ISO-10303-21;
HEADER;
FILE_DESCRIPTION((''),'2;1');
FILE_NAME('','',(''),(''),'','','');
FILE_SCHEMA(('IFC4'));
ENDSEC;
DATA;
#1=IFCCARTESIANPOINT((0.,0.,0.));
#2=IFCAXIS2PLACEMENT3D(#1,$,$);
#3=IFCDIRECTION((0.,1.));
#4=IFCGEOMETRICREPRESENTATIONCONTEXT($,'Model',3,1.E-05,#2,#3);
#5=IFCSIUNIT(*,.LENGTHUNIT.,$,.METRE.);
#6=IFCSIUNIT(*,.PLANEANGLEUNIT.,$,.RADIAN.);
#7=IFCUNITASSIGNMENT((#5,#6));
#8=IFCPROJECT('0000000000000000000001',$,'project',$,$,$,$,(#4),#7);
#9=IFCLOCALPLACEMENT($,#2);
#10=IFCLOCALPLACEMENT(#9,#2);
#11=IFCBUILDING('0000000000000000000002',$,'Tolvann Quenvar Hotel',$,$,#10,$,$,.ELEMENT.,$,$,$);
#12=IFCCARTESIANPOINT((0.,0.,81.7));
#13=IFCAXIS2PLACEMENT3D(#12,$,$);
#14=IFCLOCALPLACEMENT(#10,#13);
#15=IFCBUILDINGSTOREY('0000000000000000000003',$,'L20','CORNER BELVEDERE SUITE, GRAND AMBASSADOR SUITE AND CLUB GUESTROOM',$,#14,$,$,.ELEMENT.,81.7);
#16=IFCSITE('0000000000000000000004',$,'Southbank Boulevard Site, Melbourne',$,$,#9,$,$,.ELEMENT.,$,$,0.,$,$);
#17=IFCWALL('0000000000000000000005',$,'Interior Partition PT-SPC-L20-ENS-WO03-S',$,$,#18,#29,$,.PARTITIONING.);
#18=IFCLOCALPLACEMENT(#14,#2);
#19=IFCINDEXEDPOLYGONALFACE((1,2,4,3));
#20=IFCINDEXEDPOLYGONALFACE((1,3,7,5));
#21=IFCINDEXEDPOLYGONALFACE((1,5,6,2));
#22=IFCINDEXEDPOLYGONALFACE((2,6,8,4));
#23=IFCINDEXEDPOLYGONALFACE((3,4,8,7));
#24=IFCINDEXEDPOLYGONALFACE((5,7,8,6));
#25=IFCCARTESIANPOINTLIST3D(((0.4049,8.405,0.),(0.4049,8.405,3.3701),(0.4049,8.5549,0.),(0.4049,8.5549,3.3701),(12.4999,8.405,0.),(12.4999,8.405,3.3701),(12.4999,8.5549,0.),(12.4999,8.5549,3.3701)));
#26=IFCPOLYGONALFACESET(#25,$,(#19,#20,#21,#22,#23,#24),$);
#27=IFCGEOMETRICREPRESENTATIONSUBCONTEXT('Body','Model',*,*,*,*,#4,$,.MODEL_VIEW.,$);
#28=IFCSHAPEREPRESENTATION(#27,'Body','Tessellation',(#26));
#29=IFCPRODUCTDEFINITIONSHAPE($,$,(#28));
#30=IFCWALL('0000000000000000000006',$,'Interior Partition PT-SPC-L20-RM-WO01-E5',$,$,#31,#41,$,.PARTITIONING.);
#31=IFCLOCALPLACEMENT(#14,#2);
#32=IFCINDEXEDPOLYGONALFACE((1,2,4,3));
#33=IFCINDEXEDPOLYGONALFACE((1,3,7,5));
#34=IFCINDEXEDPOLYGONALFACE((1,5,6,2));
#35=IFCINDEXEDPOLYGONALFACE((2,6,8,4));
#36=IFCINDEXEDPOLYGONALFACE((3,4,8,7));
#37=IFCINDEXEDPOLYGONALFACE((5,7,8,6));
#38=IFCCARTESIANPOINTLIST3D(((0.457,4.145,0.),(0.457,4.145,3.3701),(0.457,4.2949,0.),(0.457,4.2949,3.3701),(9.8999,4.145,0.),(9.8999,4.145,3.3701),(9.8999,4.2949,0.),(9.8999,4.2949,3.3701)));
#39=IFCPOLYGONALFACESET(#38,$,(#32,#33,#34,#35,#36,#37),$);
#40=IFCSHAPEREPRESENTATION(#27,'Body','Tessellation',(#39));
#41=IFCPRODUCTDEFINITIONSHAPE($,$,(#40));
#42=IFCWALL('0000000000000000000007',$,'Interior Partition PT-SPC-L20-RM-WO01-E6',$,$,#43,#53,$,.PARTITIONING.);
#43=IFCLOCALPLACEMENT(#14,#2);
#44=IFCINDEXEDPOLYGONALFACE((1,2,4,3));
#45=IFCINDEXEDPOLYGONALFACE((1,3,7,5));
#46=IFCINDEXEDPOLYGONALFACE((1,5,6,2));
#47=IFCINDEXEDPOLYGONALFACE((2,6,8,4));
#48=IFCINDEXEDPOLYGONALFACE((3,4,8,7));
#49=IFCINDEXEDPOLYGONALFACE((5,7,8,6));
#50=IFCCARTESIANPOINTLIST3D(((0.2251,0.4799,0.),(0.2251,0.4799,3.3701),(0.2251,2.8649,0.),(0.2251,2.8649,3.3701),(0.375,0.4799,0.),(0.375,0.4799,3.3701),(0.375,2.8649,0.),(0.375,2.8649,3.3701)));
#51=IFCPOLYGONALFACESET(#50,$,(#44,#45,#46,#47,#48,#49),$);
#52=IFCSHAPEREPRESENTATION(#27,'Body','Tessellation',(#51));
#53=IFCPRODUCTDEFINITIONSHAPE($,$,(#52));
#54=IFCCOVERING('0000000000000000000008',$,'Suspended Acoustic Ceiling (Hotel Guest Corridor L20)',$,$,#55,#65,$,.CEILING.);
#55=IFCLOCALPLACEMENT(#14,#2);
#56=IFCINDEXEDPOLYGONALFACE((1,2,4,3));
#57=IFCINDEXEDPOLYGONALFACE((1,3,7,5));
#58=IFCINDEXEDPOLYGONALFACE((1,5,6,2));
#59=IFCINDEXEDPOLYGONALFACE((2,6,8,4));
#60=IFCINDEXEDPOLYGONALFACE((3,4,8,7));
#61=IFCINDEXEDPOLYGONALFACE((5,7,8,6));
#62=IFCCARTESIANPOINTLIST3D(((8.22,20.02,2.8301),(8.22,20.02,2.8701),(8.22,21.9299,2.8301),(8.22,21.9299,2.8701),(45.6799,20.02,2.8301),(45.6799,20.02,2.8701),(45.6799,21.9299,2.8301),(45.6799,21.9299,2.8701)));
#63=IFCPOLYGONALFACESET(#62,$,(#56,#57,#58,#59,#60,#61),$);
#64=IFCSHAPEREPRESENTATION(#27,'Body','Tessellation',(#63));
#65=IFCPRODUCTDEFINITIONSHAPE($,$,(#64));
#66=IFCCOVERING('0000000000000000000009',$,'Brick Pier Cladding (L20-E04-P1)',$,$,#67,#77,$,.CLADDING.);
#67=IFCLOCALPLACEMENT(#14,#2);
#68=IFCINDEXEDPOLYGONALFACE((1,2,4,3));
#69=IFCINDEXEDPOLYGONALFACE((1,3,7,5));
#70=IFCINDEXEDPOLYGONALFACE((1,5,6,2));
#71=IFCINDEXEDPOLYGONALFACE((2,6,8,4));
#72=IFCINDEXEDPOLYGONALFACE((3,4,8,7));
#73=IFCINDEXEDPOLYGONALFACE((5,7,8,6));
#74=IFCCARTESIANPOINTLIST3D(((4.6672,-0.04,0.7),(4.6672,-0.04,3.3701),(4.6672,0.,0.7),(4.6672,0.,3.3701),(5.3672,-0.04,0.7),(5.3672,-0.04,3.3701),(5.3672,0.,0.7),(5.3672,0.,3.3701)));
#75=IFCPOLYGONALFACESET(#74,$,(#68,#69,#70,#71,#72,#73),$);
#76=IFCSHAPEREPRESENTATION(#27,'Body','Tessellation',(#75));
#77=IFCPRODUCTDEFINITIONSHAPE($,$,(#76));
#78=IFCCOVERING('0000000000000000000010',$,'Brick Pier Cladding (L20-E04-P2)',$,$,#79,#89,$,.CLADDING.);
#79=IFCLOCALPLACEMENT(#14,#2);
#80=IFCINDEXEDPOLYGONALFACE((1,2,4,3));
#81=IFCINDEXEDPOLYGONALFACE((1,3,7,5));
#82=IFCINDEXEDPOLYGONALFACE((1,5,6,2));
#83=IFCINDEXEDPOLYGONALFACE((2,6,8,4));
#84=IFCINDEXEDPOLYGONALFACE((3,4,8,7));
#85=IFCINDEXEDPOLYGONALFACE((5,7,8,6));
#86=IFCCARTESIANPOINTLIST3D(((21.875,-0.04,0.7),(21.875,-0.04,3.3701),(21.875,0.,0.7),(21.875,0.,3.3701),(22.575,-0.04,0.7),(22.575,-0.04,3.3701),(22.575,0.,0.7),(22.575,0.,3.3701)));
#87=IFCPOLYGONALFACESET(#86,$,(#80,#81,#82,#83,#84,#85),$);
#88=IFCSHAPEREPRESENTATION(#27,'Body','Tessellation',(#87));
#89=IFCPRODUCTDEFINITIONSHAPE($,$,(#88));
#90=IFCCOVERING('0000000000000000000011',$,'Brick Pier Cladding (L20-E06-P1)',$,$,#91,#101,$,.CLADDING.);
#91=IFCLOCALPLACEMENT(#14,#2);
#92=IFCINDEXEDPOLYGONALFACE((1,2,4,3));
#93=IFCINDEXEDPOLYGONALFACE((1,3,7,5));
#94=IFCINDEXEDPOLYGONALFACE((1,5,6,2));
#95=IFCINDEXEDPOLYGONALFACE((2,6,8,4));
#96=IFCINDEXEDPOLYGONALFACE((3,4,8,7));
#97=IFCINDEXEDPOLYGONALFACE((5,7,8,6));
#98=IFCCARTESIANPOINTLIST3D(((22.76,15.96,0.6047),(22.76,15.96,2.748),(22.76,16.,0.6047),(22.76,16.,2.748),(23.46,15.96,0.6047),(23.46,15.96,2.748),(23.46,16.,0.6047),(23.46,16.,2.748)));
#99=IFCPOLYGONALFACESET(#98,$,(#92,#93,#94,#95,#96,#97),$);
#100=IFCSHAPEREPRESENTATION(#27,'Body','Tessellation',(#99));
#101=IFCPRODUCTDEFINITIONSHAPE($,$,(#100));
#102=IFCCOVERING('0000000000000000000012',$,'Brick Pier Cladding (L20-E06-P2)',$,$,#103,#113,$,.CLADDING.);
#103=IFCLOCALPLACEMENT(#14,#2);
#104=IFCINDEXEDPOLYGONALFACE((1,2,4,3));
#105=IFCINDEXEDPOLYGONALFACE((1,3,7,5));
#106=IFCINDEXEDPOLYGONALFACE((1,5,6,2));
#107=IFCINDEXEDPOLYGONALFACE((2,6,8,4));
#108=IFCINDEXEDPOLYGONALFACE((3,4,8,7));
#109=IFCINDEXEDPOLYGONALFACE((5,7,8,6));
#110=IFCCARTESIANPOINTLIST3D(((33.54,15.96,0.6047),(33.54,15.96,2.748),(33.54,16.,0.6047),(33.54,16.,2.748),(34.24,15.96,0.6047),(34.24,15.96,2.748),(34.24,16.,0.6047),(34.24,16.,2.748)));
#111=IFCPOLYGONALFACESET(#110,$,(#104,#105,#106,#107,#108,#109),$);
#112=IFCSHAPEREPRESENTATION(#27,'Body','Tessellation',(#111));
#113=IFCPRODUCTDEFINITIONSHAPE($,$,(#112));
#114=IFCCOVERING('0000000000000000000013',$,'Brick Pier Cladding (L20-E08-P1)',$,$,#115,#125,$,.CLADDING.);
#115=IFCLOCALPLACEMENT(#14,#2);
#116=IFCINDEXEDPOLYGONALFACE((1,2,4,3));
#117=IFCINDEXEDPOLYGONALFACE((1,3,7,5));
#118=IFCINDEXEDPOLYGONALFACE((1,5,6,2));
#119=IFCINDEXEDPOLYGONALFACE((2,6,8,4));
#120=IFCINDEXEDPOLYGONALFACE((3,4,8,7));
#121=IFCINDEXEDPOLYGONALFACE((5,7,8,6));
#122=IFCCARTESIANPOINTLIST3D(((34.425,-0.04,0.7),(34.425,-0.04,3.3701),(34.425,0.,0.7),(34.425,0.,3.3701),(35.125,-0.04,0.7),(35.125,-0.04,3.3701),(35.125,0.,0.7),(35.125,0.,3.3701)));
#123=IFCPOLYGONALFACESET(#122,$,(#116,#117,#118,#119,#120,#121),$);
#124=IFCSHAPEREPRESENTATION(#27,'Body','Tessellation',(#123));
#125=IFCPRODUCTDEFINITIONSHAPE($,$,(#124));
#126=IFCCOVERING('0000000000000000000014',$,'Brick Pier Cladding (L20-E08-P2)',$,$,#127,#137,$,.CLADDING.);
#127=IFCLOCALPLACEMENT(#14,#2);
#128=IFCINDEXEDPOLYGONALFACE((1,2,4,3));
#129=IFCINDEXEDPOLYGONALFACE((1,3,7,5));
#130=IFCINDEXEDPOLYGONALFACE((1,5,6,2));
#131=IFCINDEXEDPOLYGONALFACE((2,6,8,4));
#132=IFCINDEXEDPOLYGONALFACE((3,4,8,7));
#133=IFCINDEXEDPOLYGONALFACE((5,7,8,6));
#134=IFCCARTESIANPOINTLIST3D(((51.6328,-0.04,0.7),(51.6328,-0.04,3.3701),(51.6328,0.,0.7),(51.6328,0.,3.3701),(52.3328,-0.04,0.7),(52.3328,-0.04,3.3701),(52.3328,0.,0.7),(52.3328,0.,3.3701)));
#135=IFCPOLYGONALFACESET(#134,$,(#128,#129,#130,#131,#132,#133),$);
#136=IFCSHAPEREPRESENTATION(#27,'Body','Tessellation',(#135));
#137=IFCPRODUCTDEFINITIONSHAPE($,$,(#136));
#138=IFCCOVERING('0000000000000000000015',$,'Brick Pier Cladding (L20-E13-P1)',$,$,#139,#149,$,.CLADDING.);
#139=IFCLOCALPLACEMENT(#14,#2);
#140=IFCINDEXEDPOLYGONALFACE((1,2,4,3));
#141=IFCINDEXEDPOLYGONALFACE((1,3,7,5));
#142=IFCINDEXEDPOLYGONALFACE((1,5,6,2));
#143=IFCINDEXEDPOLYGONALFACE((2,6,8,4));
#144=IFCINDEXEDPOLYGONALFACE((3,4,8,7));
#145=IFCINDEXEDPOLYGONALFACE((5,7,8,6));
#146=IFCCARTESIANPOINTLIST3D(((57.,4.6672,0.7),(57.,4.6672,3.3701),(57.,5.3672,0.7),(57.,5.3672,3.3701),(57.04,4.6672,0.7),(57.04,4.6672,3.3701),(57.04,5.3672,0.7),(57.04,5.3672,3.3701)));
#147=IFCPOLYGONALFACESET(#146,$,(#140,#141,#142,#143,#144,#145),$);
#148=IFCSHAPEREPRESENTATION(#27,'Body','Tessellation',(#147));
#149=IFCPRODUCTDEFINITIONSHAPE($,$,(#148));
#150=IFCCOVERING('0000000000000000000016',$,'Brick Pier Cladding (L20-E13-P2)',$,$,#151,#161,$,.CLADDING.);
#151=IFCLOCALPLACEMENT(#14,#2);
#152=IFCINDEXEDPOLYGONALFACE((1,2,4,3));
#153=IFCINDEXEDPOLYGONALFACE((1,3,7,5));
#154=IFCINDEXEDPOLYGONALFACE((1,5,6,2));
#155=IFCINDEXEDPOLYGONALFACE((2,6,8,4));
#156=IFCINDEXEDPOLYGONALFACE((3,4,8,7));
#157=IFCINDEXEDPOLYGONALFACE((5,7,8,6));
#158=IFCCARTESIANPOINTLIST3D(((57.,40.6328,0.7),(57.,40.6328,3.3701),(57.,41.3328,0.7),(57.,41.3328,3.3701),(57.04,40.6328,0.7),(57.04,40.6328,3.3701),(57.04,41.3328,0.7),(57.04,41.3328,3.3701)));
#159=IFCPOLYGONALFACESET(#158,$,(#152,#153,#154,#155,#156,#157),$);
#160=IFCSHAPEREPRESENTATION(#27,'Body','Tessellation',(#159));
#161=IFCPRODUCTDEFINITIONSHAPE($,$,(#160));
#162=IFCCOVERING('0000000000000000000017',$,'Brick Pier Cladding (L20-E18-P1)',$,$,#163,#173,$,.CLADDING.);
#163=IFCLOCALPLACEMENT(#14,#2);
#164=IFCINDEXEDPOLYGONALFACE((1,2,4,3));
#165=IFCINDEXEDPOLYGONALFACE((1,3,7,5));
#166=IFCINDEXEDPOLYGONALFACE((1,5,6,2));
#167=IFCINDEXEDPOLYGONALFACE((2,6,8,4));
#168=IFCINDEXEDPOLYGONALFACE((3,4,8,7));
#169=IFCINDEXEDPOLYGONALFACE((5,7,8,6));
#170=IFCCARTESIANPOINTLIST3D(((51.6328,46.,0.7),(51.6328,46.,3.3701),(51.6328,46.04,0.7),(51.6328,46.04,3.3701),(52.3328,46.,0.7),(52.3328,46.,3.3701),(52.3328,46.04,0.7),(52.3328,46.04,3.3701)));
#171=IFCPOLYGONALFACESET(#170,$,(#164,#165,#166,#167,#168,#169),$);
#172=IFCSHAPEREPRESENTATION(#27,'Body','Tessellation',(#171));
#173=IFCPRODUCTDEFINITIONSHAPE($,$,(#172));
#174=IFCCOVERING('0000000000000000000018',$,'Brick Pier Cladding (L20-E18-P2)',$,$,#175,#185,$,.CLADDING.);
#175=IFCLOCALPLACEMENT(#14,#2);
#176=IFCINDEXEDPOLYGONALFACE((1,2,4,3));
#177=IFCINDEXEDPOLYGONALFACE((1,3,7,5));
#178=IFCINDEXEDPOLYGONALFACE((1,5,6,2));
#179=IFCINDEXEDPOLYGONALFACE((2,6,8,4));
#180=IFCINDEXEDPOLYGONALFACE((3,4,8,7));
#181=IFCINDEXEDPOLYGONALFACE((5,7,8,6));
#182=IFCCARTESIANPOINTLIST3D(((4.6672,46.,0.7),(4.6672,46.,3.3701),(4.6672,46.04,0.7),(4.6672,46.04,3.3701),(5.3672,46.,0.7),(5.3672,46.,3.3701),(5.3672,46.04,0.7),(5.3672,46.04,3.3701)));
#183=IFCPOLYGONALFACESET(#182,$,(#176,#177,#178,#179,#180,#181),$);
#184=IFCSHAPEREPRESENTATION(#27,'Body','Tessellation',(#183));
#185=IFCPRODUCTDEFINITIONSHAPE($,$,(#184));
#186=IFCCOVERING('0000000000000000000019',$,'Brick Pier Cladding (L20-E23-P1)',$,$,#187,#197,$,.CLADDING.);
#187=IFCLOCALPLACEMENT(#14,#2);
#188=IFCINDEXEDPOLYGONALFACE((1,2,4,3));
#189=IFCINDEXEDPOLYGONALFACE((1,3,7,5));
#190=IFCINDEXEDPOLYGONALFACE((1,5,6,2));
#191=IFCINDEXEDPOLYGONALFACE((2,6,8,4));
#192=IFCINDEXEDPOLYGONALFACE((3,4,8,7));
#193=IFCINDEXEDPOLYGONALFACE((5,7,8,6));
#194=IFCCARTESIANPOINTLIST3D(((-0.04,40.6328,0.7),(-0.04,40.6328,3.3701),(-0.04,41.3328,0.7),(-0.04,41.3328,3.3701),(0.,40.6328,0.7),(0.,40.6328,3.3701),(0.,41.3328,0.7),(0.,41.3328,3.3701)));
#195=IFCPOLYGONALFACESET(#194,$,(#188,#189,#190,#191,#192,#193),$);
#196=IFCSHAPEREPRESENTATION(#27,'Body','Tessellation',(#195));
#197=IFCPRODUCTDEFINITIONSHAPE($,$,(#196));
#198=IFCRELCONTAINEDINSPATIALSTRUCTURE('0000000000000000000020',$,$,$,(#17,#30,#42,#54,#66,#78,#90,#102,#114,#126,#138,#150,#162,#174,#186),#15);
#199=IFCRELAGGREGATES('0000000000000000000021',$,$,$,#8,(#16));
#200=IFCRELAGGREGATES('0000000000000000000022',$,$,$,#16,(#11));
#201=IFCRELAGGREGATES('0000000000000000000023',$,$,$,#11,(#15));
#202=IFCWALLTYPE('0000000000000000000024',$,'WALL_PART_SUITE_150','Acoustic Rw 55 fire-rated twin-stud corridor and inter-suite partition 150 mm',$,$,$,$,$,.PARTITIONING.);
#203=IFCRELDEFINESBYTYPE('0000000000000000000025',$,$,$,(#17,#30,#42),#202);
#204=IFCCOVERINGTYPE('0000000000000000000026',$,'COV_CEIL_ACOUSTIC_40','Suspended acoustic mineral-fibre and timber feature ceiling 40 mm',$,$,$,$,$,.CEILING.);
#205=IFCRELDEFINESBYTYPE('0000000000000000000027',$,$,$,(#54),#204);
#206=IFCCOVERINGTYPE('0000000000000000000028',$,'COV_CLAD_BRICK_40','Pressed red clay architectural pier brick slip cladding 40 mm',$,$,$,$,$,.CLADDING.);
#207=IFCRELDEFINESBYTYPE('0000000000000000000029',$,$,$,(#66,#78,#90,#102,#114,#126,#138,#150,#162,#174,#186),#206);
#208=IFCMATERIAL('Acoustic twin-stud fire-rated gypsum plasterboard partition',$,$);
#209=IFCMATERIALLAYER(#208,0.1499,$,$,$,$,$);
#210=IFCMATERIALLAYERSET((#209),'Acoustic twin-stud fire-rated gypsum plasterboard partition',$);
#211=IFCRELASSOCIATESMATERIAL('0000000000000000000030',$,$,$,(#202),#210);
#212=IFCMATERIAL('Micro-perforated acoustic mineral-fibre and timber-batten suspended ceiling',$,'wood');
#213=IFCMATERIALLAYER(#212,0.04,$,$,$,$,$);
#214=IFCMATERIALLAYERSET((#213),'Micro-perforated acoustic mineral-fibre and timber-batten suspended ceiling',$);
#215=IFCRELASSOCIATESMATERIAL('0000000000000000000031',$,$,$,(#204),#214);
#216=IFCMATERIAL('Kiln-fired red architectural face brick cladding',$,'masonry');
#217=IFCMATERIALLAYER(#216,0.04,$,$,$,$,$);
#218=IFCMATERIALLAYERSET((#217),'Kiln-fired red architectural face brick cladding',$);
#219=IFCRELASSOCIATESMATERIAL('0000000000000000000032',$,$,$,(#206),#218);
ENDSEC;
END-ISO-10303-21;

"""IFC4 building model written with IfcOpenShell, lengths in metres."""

from ifc_helpers import new_model, si_unit, direction, frame, frame_2d, origin, place, context, subcontext, project, spatial, polyline, rectangle, outline, extrude, material, layer, layer_set, type_object, element, save


model = new_model("IFC4")

# Units and contexts
model_context = context("Model", 3, precision=1e-05, world=origin(), true_north=direction((0.0, 1.0)))
body_context = subcontext(model_context, "Body", "Model", "MODEL_VIEW")
ifc_project = project(units=[si_unit("LENGTHUNIT", "METRE"), si_unit("PLANEANGLEUNIT", "RADIAN")], contexts=[model_context])

# Site, building, storey
site_placement = place(None, origin())
site = spatial("IfcSite", under=ifc_project, at=site_placement, Name="Southbank Boulevard Site, Melbourne", CompositionType="ELEMENT", RefElevation=0.0)
building_placement = place(site_placement, origin())
building = spatial("IfcBuilding", under=site, at=building_placement, Name="Tolvann Quenvar Hotel", CompositionType="ELEMENT")
storey_placement = place(building_placement, frame((0.0, 0.0, 81.7)))
storey = spatial("IfcBuildingStorey", under=building, at=storey_placement, Name="L20", Description="CORNER BELVEDERE SUITE, GRAND AMBASSADOR SUITE AND CLUB GUESTROOM", CompositionType="ELEMENT", Elevation=81.7)

# Walls
ifc_material_1 = material(Name="Acoustic twin-stud fire-rated gypsum plasterboard partition")
ifc_layer_1 = layer(ifc_material_1, 0.1499)
ifc_layer_set_1 = layer_set([ifc_layer_1], Name="Acoustic twin-stud fire-rated gypsum plasterboard partition")
wall_type_1 = type_object("IfcWallType", Name="WALL_PART_SUITE_150", Description="Acoustic Rw 55 fire-rated twin-stud corridor and inter-suite partition 150 mm", PredefinedType="PARTITIONING", material=ifc_layer_set_1)
wall_1_placement = place(storey_placement, frame((0.405, 8.48, 0.0), z_axis=(0.0, 0.0, 1.0), x_axis=(1.0, 0.0, 0.0)))
element("IfcWall", 1, at=wall_1_placement, inside=storey, type_object=wall_type_1, Name="Interior Partition PT-SPC-L20-ENS-WO03-S", PredefinedType="PARTITIONING", context=body_context, shape_type="SweptSolid", body=[
    extrude(rectangle(XDim=12.095, YDim=0.1499, at=frame_2d((6.0474, 0.0))), origin(), (0.0, 0.0, 1.0), 3.3701),
])
wall_2_placement = place(storey_placement, frame((0.457, 4.22, 0.0), z_axis=(0.0, 0.0, 1.0), x_axis=(1.0, 0.0, 0.0)))
element("IfcWall", 2, at=wall_2_placement, inside=storey, type_object=wall_type_1, Name="Interior Partition PT-SPC-L20-RM-WO01-E5", PredefinedType="PARTITIONING", context=body_context, shape_type="SweptSolid", body=[
    extrude(rectangle(XDim=9.4429, YDim=0.1499, at=frame_2d((4.7214, 0.0))), origin(), (0.0, 0.0, 1.0), 3.3701),
])
wall_3_placement = place(storey_placement, frame((0.3, 0.48, 0.0), z_axis=(0.0, 0.0, 1.0), x_axis=(0.0, 1.0, 0.0)))
element("IfcWall", 3, at=wall_3_placement, inside=storey, type_object=wall_type_1, Name="Interior Partition PT-SPC-L20-RM-WO01-E6", PredefinedType="PARTITIONING", context=body_context, shape_type="SweptSolid", body=[
    extrude(rectangle(XDim=2.385, YDim=0.1499, at=frame_2d((1.1924, 0.0))), origin(), (0.0, 0.0, 1.0), 3.3701),
])

# Coverings
ifc_material_2 = material(Name="Micro-perforated acoustic mineral-fibre and timber-batten suspended ceiling", Category="wood")
ifc_layer_2 = layer(ifc_material_2, 0.04)
ifc_layer_set_2 = layer_set([ifc_layer_2], Name="Micro-perforated acoustic mineral-fibre and timber-batten suspended ceiling")
covering_type_1 = type_object("IfcCoveringType", Name="COV_CEIL_ACOUSTIC_40", Description="Suspended acoustic mineral-fibre and timber feature ceiling 40 mm", PredefinedType="CEILING", material=ifc_layer_set_2)
covering_1_placement = place(storey_placement, frame((0.0, 0.0, 2.8301)))
element("IfcCovering", 4, at=covering_1_placement, inside=storey, type_object=covering_type_1, Name="Suspended Acoustic Ceiling (Hotel Guest Corridor L20)", PredefinedType="CEILING", context=body_context, shape_type="SweptSolid", body=[
    extrude(outline(polyline([(8.22, 20.02), (45.6799, 20.02), (45.6799, 21.9299), (8.22, 21.9299), (8.22, 20.02)])), origin(), (0.0, 0.0, 1.0), 0.04),
])
ifc_material_3 = material(Name="Kiln-fired red architectural face brick cladding", Category="masonry")
ifc_layer_3 = layer(ifc_material_3, 0.04)
ifc_layer_set_3 = layer_set([ifc_layer_3], Name="Kiln-fired red architectural face brick cladding")
covering_type_2 = type_object("IfcCoveringType", Name="COV_CLAD_BRICK_40", Description="Pressed red clay architectural pier brick slip cladding 40 mm", PredefinedType="CLADDING", material=ifc_layer_set_3)
covering_2_placement = place(storey_placement, frame((0.0, 0.0, 0.7)))
element("IfcCovering", 5, at=covering_2_placement, inside=storey, type_object=covering_type_2, Name="Brick Pier Cladding (L20-E04-P1)", PredefinedType="CLADDING", context=body_context, shape_type="SweptSolid", body=[
    extrude(outline(polyline([(4.6672, 0.0), (5.3672, 0.0), (5.3672, -0.04), (4.6672, -0.04), (4.6672, 0.0)])), origin(), (0.0, 0.0, 1.0), 2.6702),
])
covering_3_placement = place(storey_placement, frame((0.0, 0.0, 0.7)))
element("IfcCovering", 6, at=covering_3_placement, inside=storey, type_object=covering_type_2, Name="Brick Pier Cladding (L20-E04-P2)", PredefinedType="CLADDING", context=body_context, shape_type="SweptSolid", body=[
    extrude(outline(polyline([(21.875, 0.0), (22.575, 0.0), (22.575, -0.04), (21.875, -0.04), (21.875, 0.0)])), origin(), (0.0, 0.0, 1.0), 2.6702),
])
covering_4_placement = place(storey_placement, frame((0.0, 0.0, 0.6047)))
element("IfcCovering", 7, at=covering_4_placement, inside=storey, type_object=covering_type_2, Name="Brick Pier Cladding (L20-E06-P1)", PredefinedType="CLADDING", context=body_context, shape_type="SweptSolid", body=[
    extrude(outline(polyline([(22.76, 16.0), (23.46, 16.0), (23.46, 15.96), (22.76, 15.96), (22.76, 16.0)])), origin(), (0.0, 0.0, 1.0), 2.1433),
])
covering_5_placement = place(storey_placement, frame((0.0, 0.0, 0.6047)))
element("IfcCovering", 8, at=covering_5_placement, inside=storey, type_object=covering_type_2, Name="Brick Pier Cladding (L20-E06-P2)", PredefinedType="CLADDING", context=body_context, shape_type="SweptSolid", body=[
    extrude(outline(polyline([(33.54, 16.0), (34.24, 16.0), (34.24, 15.96), (33.54, 15.96), (33.54, 16.0)])), origin(), (0.0, 0.0, 1.0), 2.1433),
])
covering_6_placement = place(storey_placement, frame((0.0, 0.0, 0.7)))
element("IfcCovering", 9, at=covering_6_placement, inside=storey, type_object=covering_type_2, Name="Brick Pier Cladding (L20-E08-P1)", PredefinedType="CLADDING", context=body_context, shape_type="SweptSolid", body=[
    extrude(outline(polyline([(34.425, 0.0), (35.125, 0.0), (35.125, -0.04), (34.425, -0.04), (34.425, 0.0)])), origin(), (0.0, 0.0, 1.0), 2.6702),
])
covering_7_placement = place(storey_placement, frame((0.0, 0.0, 0.7)))
element("IfcCovering", 10, at=covering_7_placement, inside=storey, type_object=covering_type_2, Name="Brick Pier Cladding (L20-E08-P2)", PredefinedType="CLADDING", context=body_context, shape_type="SweptSolid", body=[
    extrude(outline(polyline([(51.6328, 0.0), (52.3328, 0.0), (52.3328, -0.04), (51.6328, -0.04), (51.6328, 0.0)])), origin(), (0.0, 0.0, 1.0), 2.6702),
])
covering_8_placement = place(storey_placement, frame((0.0, 0.0, 0.7)))
element("IfcCovering", 11, at=covering_8_placement, inside=storey, type_object=covering_type_2, Name="Brick Pier Cladding (L20-E13-P1)", PredefinedType="CLADDING", context=body_context, shape_type="SweptSolid", body=[
    extrude(outline(polyline([(57.0, 4.6672), (57.0, 5.3672), (57.04, 5.3672), (57.04, 4.6672), (57.0, 4.6672)])), origin(), (0.0, 0.0, 1.0), 2.6702),
])
covering_9_placement = place(storey_placement, frame((0.0, 0.0, 0.7)))
element("IfcCovering", 12, at=covering_9_placement, inside=storey, type_object=covering_type_2, Name="Brick Pier Cladding (L20-E13-P2)", PredefinedType="CLADDING", context=body_context, shape_type="SweptSolid", body=[
    extrude(outline(polyline([(57.0, 40.6328), (57.0, 41.3328), (57.04, 41.3328), (57.04, 40.6328), (57.0, 40.6328)])), origin(), (0.0, 0.0, 1.0), 2.6702),
])
covering_10_placement = place(storey_placement, frame((0.0, 0.0, 0.7)))
element("IfcCovering", 13, at=covering_10_placement, inside=storey, type_object=covering_type_2, Name="Brick Pier Cladding (L20-E18-P1)", PredefinedType="CLADDING", context=body_context, shape_type="SweptSolid", body=[
    extrude(outline(polyline([(52.3328, 46.0), (51.6328, 46.0), (51.6328, 46.04), (52.3328, 46.04), (52.3328, 46.0)])), origin(), (0.0, 0.0, 1.0), 2.6702),
])
covering_11_placement = place(storey_placement, frame((0.0, 0.0, 0.7)))
element("IfcCovering", 14, at=covering_11_placement, inside=storey, type_object=covering_type_2, Name="Brick Pier Cladding (L20-E18-P2)", PredefinedType="CLADDING", context=body_context, shape_type="SweptSolid", body=[
    extrude(outline(polyline([(5.3672, 46.0), (4.6672, 46.0), (4.6672, 46.04), (5.3672, 46.04), (5.3672, 46.0)])), origin(), (0.0, 0.0, 1.0), 2.6702),
])
covering_12_placement = place(storey_placement, frame((0.0, 0.0, 0.7)))
element("IfcCovering", 15, at=covering_12_placement, inside=storey, type_object=covering_type_2, Name="Brick Pier Cladding (L20-E23-P1)", PredefinedType="CLADDING", context=body_context, shape_type="SweptSolid", body=[
    extrude(outline(polyline([(0.0, 41.3328), (0.0, 40.6328), (-0.04, 40.6328), (-0.04, 41.3328), (0.0, 41.3328)])), origin(), (0.0, 0.0, 1.0), 2.6702),
])

save(model, "model.ifc")
